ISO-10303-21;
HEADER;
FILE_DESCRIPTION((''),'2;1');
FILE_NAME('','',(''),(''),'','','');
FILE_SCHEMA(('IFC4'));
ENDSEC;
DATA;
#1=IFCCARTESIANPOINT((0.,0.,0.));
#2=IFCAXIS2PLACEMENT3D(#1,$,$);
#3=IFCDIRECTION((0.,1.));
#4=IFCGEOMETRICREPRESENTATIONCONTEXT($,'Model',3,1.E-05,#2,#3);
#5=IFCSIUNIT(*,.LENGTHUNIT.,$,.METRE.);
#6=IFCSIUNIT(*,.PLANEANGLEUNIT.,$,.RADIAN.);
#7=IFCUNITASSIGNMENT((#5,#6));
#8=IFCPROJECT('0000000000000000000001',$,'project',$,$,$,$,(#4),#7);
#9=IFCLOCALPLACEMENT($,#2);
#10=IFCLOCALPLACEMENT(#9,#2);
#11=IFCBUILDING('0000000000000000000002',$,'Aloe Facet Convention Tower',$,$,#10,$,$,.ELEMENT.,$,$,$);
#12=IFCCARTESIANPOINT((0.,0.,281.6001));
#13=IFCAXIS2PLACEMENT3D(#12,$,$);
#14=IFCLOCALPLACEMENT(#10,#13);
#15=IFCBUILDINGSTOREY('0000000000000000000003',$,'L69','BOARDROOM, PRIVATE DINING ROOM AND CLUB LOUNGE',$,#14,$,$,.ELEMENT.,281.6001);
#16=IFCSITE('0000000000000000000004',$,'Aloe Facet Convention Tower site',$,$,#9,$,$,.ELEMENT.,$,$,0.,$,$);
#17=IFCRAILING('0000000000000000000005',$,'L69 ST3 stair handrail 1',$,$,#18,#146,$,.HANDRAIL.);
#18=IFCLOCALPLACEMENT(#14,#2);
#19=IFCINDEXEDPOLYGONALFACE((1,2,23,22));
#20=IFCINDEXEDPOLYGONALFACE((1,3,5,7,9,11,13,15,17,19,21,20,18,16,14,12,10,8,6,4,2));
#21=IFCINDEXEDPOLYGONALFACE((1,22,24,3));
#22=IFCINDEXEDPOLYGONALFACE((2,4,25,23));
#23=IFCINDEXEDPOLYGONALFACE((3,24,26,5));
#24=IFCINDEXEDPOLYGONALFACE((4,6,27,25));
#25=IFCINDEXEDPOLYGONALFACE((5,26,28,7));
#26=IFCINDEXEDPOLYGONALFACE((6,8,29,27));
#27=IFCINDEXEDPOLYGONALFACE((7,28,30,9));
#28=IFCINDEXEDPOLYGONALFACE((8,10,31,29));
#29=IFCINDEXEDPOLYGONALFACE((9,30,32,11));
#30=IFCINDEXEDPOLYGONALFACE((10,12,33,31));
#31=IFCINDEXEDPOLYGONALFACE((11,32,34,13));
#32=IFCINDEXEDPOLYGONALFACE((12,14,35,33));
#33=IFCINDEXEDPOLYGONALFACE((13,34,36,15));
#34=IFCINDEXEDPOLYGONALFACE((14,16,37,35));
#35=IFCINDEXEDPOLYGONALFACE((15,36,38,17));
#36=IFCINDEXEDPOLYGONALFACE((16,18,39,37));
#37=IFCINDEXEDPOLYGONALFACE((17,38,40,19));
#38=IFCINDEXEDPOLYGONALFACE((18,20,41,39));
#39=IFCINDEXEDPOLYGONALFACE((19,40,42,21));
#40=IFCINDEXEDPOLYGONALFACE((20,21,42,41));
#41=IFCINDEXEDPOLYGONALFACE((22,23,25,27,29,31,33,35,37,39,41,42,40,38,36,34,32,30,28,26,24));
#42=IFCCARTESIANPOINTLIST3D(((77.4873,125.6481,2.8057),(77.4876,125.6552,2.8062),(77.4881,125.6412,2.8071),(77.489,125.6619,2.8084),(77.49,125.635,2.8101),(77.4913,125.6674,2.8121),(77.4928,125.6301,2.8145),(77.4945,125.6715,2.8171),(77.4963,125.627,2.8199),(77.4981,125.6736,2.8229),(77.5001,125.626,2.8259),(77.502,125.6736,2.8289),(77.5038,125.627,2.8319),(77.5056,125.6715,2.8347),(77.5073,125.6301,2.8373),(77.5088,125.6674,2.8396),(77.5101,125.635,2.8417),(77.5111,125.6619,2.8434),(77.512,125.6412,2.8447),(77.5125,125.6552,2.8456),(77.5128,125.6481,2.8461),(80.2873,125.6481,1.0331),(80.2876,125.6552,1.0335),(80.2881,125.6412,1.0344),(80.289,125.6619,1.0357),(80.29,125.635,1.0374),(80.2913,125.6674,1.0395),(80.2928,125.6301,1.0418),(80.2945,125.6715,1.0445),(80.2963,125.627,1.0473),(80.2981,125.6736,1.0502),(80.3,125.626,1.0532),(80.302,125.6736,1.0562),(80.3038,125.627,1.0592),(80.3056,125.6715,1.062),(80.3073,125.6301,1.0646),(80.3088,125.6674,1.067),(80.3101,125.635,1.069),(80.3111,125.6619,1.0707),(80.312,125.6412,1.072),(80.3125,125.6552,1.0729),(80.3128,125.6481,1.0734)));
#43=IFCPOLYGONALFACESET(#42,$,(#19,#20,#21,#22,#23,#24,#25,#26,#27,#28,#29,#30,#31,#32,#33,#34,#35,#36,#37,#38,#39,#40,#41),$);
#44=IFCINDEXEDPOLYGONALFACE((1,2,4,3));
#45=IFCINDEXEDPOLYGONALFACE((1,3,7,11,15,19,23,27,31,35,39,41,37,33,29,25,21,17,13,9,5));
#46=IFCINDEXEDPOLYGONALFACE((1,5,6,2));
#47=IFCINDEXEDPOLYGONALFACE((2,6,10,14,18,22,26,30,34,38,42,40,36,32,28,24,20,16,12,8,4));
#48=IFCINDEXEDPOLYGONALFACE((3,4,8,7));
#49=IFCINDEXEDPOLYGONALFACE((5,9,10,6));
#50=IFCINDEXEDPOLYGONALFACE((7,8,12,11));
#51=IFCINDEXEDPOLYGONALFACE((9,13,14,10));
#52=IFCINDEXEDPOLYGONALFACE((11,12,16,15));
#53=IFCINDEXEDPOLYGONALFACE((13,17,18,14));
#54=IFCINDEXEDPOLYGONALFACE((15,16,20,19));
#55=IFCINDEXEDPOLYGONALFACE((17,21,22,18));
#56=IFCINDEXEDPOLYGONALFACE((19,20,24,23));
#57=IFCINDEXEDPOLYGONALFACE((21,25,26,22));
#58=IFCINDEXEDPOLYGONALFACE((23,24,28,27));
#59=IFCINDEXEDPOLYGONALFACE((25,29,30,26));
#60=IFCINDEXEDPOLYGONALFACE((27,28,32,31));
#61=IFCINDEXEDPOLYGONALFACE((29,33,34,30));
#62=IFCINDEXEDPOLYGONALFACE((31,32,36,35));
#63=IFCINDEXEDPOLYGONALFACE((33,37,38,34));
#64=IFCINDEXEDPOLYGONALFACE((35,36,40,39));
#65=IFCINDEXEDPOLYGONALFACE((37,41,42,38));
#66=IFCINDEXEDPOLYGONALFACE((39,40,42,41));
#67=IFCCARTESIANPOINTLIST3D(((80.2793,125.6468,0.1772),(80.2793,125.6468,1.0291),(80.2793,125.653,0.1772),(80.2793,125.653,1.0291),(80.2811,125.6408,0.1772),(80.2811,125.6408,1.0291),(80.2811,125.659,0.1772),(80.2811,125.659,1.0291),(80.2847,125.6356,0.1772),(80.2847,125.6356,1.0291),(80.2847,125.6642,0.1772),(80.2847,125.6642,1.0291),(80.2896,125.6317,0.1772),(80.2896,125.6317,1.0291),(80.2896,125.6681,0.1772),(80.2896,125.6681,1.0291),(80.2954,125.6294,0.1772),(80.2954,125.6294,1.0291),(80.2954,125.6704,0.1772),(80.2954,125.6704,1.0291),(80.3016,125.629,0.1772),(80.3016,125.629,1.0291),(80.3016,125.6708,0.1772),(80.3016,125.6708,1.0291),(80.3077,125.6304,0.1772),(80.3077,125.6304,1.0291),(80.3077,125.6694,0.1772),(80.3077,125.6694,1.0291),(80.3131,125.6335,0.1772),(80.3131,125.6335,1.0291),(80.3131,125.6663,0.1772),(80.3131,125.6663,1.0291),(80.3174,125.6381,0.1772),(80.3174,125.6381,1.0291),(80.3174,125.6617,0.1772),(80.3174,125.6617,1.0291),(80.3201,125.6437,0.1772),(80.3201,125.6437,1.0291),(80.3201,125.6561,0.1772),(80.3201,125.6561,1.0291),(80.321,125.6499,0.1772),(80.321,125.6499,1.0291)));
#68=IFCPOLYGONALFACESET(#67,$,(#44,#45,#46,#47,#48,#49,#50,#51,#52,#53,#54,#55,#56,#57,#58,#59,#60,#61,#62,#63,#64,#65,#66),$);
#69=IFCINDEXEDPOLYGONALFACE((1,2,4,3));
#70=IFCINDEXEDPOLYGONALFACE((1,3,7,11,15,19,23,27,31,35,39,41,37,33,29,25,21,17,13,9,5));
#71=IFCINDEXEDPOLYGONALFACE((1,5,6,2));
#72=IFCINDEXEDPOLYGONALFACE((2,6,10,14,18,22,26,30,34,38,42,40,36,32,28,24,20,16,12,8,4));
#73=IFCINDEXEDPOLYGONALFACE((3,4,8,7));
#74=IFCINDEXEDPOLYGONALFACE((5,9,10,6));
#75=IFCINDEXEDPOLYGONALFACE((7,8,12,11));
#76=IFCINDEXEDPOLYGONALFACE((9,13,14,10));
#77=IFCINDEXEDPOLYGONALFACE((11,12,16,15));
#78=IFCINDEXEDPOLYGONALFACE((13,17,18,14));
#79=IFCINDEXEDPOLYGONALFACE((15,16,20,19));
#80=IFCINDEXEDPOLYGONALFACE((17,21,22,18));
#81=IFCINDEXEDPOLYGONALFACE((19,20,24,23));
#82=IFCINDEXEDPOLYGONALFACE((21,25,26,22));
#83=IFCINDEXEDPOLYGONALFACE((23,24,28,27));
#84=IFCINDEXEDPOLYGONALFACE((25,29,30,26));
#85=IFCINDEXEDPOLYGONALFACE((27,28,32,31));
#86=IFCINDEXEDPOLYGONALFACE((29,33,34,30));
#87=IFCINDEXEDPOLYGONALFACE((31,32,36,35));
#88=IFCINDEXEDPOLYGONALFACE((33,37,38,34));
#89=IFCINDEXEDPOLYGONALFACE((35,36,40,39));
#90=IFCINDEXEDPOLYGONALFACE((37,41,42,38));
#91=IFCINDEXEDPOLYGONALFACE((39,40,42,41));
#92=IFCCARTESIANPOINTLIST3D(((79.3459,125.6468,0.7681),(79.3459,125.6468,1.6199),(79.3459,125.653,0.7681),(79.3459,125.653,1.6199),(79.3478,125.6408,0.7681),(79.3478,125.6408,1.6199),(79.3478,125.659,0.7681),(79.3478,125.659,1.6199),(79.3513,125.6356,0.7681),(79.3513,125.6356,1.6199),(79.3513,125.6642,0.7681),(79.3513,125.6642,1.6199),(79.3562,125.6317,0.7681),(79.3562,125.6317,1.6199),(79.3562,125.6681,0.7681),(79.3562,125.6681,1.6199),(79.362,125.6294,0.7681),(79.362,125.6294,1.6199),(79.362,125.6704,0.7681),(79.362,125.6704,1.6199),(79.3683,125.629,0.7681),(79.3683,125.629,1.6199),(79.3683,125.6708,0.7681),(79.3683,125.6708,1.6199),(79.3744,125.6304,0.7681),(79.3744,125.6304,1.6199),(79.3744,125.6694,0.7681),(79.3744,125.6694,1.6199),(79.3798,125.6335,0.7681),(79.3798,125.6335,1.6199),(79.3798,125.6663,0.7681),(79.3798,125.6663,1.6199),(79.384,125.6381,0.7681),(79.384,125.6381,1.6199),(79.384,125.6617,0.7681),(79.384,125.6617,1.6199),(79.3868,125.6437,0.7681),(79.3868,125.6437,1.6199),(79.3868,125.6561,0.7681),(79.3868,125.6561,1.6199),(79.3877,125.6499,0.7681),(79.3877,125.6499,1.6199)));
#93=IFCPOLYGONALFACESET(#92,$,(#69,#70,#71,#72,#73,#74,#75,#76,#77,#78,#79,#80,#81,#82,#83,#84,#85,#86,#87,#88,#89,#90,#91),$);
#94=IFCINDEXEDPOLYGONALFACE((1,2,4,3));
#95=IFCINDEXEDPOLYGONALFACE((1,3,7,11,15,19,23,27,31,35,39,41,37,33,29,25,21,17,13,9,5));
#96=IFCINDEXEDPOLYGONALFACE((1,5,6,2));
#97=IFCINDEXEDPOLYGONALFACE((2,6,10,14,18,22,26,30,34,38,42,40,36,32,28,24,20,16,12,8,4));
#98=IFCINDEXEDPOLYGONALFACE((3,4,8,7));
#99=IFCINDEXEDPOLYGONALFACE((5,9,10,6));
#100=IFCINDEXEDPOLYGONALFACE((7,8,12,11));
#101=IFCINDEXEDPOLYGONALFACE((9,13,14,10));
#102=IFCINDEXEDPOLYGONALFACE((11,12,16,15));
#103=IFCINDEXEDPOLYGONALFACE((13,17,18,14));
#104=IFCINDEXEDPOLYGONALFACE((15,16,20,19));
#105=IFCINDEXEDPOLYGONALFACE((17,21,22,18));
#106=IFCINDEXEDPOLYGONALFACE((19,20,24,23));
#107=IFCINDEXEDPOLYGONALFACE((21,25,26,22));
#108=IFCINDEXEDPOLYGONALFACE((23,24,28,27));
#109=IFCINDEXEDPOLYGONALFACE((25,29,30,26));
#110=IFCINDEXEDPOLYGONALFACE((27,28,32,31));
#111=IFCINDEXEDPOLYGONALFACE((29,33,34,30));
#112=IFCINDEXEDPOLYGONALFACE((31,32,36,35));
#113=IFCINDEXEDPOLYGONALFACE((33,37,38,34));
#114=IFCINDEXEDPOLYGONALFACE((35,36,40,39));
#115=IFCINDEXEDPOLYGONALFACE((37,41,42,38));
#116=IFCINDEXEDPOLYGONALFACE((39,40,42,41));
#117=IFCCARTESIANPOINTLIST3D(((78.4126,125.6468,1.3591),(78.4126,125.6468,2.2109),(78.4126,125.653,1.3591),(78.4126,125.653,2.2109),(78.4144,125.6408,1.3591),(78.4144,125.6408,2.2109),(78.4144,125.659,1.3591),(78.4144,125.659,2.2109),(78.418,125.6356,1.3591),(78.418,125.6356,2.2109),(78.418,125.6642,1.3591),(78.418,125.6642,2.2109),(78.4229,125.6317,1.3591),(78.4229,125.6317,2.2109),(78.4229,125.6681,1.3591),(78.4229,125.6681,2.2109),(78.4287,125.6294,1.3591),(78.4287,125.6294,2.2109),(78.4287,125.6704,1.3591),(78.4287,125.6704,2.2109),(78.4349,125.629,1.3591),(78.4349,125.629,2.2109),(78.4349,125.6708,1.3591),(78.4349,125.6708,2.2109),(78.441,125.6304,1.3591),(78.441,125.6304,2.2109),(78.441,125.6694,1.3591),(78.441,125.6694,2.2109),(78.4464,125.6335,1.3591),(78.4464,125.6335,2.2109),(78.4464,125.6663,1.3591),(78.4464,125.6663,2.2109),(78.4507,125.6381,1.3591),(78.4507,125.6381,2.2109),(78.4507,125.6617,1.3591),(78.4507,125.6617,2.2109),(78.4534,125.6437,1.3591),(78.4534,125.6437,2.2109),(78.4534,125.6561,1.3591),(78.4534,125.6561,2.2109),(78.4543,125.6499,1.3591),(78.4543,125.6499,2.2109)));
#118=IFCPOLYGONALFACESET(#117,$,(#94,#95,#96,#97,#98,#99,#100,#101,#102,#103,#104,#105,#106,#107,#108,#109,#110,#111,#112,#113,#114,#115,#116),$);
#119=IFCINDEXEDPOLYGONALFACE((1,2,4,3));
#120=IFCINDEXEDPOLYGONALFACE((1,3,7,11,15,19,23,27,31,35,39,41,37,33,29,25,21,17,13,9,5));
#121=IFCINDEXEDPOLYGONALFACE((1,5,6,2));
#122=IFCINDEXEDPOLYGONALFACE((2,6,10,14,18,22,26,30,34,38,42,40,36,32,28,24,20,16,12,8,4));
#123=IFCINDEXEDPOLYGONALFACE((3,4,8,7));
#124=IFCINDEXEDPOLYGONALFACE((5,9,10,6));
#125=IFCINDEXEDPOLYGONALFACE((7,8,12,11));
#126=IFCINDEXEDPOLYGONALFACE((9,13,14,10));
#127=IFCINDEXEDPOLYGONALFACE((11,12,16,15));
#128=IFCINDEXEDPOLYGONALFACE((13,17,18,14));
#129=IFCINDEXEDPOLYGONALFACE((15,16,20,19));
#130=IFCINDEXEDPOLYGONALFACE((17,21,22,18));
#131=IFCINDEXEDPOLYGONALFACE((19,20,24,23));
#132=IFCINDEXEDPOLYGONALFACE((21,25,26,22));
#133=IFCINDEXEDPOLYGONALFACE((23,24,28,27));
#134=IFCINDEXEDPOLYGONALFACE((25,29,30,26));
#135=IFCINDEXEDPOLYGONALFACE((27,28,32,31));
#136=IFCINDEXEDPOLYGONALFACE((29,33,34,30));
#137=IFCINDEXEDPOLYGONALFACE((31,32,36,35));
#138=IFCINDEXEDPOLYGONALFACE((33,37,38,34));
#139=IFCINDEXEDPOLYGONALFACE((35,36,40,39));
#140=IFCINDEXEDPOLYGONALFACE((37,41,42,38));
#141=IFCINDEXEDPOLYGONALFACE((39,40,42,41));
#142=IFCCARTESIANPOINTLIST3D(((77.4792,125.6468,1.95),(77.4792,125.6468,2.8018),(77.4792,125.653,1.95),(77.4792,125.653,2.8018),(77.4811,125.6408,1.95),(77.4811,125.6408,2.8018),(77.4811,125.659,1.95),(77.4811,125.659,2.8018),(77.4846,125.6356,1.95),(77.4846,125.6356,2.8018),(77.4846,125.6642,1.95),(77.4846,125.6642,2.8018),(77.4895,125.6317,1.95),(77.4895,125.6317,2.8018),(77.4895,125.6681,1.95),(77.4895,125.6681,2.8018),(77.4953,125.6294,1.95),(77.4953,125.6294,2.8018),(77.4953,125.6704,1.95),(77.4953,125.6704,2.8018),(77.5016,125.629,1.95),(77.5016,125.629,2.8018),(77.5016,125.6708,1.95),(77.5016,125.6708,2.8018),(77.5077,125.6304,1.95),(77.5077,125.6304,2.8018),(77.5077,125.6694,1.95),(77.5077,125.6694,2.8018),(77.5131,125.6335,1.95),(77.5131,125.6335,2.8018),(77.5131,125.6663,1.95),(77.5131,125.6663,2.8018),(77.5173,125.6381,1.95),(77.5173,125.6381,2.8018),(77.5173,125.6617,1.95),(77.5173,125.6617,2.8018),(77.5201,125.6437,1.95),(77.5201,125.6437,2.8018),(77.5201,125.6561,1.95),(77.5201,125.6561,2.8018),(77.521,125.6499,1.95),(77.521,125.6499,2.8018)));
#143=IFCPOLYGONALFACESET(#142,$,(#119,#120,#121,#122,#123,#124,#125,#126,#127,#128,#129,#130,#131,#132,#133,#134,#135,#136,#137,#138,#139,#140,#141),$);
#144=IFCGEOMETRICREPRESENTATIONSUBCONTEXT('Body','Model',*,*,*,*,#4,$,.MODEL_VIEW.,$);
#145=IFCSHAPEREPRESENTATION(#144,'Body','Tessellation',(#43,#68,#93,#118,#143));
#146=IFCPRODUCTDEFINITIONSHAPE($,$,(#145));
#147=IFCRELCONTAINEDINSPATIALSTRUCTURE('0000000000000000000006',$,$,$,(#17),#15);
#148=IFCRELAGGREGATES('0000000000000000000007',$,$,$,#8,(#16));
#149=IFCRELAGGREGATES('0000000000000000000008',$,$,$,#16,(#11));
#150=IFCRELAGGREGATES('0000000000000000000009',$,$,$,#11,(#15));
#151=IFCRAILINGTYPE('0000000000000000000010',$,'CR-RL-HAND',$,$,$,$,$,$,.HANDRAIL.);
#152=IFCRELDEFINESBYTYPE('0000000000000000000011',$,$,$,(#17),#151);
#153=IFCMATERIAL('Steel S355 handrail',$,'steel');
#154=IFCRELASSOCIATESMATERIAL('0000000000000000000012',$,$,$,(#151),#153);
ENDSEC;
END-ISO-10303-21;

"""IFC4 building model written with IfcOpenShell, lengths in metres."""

from ifc_helpers import new_model, si_unit, direction, frame, origin, origin_2d, place, context, subcontext, project, spatial, circle, extrude, material, type_object, element, save


model = new_model("IFC4")

# Units and contexts
model_context = context("Model", 3, precision=1e-05, world=origin(), true_north=direction((0.0, 1.0)))
body_context = subcontext(model_context, "Body", "Model", "MODEL_VIEW")
ifc_project = project(units=[si_unit("LENGTHUNIT", "METRE"), si_unit("PLANEANGLEUNIT", "RADIAN")], contexts=[model_context])

# Site, building, storey
site_placement = place(None, origin())
site = spatial("IfcSite", under=ifc_project, at=site_placement, Name="Aloe Facet Convention Tower site", CompositionType="ELEMENT", RefElevation=0.0)
building_placement = place(site_placement, origin())
building = spatial("IfcBuilding", under=site, at=building_placement, Name="Aloe Facet Convention Tower", CompositionType="ELEMENT")
storey_placement = place(building_placement, frame((0.0, 0.0, 281.6001)))
storey = spatial("IfcBuildingStorey", under=building, at=storey_placement, Name="L69", Description="BOARDROOM, PRIVATE DINING ROOM AND CLUB LOUNGE", CompositionType="ELEMENT", Elevation=281.6001)

# Railing
ifc_material_1 = material(Name="Steel S355 handrail", Category="steel")
railing_type = type_object("IfcRailingType", Name="CR-RL-HAND", PredefinedType="HANDRAIL", material=ifc_material_1)
railing_placement = place(storey_placement, frame((80.3, 125.6499, 0.1772)))
element("IfcRailing", 1, at=railing_placement, inside=storey, type_object=railing_type, Name="L69 ST3 stair handrail 1", PredefinedType="HANDRAIL", context=body_context, shape_type="SweptSolid", body=[
    extrude(circle(Radius=0.0239, at=origin_2d()), frame((0.0, 0.0, 0.876), z_axis=(-0.844909, 0.0, 0.53491), x_axis=(0.0, -1.0, 0.0)), (0.0, 0.0, 1.0), 3.314),
    extrude(circle(Radius=0.021, at=origin_2d()), origin(), (0.0, 0.0, 1.0), 0.8518),
    extrude(circle(Radius=0.021, at=origin_2d()), frame((-0.9333, 0.0, 0.5908)), (0.0, 0.0, 1.0), 0.8518),
    extrude(circle(Radius=0.021, at=origin_2d()), frame((-1.8667, 0.0, 1.1819)), (0.0, 0.0, 1.0), 0.8518),
    extrude(circle(Radius=0.021, at=origin_2d()), frame((-2.8, 0.0, 1.7727)), (0.0, 0.0, 1.0), 0.8518),
])

save(model, "model.ifc")
